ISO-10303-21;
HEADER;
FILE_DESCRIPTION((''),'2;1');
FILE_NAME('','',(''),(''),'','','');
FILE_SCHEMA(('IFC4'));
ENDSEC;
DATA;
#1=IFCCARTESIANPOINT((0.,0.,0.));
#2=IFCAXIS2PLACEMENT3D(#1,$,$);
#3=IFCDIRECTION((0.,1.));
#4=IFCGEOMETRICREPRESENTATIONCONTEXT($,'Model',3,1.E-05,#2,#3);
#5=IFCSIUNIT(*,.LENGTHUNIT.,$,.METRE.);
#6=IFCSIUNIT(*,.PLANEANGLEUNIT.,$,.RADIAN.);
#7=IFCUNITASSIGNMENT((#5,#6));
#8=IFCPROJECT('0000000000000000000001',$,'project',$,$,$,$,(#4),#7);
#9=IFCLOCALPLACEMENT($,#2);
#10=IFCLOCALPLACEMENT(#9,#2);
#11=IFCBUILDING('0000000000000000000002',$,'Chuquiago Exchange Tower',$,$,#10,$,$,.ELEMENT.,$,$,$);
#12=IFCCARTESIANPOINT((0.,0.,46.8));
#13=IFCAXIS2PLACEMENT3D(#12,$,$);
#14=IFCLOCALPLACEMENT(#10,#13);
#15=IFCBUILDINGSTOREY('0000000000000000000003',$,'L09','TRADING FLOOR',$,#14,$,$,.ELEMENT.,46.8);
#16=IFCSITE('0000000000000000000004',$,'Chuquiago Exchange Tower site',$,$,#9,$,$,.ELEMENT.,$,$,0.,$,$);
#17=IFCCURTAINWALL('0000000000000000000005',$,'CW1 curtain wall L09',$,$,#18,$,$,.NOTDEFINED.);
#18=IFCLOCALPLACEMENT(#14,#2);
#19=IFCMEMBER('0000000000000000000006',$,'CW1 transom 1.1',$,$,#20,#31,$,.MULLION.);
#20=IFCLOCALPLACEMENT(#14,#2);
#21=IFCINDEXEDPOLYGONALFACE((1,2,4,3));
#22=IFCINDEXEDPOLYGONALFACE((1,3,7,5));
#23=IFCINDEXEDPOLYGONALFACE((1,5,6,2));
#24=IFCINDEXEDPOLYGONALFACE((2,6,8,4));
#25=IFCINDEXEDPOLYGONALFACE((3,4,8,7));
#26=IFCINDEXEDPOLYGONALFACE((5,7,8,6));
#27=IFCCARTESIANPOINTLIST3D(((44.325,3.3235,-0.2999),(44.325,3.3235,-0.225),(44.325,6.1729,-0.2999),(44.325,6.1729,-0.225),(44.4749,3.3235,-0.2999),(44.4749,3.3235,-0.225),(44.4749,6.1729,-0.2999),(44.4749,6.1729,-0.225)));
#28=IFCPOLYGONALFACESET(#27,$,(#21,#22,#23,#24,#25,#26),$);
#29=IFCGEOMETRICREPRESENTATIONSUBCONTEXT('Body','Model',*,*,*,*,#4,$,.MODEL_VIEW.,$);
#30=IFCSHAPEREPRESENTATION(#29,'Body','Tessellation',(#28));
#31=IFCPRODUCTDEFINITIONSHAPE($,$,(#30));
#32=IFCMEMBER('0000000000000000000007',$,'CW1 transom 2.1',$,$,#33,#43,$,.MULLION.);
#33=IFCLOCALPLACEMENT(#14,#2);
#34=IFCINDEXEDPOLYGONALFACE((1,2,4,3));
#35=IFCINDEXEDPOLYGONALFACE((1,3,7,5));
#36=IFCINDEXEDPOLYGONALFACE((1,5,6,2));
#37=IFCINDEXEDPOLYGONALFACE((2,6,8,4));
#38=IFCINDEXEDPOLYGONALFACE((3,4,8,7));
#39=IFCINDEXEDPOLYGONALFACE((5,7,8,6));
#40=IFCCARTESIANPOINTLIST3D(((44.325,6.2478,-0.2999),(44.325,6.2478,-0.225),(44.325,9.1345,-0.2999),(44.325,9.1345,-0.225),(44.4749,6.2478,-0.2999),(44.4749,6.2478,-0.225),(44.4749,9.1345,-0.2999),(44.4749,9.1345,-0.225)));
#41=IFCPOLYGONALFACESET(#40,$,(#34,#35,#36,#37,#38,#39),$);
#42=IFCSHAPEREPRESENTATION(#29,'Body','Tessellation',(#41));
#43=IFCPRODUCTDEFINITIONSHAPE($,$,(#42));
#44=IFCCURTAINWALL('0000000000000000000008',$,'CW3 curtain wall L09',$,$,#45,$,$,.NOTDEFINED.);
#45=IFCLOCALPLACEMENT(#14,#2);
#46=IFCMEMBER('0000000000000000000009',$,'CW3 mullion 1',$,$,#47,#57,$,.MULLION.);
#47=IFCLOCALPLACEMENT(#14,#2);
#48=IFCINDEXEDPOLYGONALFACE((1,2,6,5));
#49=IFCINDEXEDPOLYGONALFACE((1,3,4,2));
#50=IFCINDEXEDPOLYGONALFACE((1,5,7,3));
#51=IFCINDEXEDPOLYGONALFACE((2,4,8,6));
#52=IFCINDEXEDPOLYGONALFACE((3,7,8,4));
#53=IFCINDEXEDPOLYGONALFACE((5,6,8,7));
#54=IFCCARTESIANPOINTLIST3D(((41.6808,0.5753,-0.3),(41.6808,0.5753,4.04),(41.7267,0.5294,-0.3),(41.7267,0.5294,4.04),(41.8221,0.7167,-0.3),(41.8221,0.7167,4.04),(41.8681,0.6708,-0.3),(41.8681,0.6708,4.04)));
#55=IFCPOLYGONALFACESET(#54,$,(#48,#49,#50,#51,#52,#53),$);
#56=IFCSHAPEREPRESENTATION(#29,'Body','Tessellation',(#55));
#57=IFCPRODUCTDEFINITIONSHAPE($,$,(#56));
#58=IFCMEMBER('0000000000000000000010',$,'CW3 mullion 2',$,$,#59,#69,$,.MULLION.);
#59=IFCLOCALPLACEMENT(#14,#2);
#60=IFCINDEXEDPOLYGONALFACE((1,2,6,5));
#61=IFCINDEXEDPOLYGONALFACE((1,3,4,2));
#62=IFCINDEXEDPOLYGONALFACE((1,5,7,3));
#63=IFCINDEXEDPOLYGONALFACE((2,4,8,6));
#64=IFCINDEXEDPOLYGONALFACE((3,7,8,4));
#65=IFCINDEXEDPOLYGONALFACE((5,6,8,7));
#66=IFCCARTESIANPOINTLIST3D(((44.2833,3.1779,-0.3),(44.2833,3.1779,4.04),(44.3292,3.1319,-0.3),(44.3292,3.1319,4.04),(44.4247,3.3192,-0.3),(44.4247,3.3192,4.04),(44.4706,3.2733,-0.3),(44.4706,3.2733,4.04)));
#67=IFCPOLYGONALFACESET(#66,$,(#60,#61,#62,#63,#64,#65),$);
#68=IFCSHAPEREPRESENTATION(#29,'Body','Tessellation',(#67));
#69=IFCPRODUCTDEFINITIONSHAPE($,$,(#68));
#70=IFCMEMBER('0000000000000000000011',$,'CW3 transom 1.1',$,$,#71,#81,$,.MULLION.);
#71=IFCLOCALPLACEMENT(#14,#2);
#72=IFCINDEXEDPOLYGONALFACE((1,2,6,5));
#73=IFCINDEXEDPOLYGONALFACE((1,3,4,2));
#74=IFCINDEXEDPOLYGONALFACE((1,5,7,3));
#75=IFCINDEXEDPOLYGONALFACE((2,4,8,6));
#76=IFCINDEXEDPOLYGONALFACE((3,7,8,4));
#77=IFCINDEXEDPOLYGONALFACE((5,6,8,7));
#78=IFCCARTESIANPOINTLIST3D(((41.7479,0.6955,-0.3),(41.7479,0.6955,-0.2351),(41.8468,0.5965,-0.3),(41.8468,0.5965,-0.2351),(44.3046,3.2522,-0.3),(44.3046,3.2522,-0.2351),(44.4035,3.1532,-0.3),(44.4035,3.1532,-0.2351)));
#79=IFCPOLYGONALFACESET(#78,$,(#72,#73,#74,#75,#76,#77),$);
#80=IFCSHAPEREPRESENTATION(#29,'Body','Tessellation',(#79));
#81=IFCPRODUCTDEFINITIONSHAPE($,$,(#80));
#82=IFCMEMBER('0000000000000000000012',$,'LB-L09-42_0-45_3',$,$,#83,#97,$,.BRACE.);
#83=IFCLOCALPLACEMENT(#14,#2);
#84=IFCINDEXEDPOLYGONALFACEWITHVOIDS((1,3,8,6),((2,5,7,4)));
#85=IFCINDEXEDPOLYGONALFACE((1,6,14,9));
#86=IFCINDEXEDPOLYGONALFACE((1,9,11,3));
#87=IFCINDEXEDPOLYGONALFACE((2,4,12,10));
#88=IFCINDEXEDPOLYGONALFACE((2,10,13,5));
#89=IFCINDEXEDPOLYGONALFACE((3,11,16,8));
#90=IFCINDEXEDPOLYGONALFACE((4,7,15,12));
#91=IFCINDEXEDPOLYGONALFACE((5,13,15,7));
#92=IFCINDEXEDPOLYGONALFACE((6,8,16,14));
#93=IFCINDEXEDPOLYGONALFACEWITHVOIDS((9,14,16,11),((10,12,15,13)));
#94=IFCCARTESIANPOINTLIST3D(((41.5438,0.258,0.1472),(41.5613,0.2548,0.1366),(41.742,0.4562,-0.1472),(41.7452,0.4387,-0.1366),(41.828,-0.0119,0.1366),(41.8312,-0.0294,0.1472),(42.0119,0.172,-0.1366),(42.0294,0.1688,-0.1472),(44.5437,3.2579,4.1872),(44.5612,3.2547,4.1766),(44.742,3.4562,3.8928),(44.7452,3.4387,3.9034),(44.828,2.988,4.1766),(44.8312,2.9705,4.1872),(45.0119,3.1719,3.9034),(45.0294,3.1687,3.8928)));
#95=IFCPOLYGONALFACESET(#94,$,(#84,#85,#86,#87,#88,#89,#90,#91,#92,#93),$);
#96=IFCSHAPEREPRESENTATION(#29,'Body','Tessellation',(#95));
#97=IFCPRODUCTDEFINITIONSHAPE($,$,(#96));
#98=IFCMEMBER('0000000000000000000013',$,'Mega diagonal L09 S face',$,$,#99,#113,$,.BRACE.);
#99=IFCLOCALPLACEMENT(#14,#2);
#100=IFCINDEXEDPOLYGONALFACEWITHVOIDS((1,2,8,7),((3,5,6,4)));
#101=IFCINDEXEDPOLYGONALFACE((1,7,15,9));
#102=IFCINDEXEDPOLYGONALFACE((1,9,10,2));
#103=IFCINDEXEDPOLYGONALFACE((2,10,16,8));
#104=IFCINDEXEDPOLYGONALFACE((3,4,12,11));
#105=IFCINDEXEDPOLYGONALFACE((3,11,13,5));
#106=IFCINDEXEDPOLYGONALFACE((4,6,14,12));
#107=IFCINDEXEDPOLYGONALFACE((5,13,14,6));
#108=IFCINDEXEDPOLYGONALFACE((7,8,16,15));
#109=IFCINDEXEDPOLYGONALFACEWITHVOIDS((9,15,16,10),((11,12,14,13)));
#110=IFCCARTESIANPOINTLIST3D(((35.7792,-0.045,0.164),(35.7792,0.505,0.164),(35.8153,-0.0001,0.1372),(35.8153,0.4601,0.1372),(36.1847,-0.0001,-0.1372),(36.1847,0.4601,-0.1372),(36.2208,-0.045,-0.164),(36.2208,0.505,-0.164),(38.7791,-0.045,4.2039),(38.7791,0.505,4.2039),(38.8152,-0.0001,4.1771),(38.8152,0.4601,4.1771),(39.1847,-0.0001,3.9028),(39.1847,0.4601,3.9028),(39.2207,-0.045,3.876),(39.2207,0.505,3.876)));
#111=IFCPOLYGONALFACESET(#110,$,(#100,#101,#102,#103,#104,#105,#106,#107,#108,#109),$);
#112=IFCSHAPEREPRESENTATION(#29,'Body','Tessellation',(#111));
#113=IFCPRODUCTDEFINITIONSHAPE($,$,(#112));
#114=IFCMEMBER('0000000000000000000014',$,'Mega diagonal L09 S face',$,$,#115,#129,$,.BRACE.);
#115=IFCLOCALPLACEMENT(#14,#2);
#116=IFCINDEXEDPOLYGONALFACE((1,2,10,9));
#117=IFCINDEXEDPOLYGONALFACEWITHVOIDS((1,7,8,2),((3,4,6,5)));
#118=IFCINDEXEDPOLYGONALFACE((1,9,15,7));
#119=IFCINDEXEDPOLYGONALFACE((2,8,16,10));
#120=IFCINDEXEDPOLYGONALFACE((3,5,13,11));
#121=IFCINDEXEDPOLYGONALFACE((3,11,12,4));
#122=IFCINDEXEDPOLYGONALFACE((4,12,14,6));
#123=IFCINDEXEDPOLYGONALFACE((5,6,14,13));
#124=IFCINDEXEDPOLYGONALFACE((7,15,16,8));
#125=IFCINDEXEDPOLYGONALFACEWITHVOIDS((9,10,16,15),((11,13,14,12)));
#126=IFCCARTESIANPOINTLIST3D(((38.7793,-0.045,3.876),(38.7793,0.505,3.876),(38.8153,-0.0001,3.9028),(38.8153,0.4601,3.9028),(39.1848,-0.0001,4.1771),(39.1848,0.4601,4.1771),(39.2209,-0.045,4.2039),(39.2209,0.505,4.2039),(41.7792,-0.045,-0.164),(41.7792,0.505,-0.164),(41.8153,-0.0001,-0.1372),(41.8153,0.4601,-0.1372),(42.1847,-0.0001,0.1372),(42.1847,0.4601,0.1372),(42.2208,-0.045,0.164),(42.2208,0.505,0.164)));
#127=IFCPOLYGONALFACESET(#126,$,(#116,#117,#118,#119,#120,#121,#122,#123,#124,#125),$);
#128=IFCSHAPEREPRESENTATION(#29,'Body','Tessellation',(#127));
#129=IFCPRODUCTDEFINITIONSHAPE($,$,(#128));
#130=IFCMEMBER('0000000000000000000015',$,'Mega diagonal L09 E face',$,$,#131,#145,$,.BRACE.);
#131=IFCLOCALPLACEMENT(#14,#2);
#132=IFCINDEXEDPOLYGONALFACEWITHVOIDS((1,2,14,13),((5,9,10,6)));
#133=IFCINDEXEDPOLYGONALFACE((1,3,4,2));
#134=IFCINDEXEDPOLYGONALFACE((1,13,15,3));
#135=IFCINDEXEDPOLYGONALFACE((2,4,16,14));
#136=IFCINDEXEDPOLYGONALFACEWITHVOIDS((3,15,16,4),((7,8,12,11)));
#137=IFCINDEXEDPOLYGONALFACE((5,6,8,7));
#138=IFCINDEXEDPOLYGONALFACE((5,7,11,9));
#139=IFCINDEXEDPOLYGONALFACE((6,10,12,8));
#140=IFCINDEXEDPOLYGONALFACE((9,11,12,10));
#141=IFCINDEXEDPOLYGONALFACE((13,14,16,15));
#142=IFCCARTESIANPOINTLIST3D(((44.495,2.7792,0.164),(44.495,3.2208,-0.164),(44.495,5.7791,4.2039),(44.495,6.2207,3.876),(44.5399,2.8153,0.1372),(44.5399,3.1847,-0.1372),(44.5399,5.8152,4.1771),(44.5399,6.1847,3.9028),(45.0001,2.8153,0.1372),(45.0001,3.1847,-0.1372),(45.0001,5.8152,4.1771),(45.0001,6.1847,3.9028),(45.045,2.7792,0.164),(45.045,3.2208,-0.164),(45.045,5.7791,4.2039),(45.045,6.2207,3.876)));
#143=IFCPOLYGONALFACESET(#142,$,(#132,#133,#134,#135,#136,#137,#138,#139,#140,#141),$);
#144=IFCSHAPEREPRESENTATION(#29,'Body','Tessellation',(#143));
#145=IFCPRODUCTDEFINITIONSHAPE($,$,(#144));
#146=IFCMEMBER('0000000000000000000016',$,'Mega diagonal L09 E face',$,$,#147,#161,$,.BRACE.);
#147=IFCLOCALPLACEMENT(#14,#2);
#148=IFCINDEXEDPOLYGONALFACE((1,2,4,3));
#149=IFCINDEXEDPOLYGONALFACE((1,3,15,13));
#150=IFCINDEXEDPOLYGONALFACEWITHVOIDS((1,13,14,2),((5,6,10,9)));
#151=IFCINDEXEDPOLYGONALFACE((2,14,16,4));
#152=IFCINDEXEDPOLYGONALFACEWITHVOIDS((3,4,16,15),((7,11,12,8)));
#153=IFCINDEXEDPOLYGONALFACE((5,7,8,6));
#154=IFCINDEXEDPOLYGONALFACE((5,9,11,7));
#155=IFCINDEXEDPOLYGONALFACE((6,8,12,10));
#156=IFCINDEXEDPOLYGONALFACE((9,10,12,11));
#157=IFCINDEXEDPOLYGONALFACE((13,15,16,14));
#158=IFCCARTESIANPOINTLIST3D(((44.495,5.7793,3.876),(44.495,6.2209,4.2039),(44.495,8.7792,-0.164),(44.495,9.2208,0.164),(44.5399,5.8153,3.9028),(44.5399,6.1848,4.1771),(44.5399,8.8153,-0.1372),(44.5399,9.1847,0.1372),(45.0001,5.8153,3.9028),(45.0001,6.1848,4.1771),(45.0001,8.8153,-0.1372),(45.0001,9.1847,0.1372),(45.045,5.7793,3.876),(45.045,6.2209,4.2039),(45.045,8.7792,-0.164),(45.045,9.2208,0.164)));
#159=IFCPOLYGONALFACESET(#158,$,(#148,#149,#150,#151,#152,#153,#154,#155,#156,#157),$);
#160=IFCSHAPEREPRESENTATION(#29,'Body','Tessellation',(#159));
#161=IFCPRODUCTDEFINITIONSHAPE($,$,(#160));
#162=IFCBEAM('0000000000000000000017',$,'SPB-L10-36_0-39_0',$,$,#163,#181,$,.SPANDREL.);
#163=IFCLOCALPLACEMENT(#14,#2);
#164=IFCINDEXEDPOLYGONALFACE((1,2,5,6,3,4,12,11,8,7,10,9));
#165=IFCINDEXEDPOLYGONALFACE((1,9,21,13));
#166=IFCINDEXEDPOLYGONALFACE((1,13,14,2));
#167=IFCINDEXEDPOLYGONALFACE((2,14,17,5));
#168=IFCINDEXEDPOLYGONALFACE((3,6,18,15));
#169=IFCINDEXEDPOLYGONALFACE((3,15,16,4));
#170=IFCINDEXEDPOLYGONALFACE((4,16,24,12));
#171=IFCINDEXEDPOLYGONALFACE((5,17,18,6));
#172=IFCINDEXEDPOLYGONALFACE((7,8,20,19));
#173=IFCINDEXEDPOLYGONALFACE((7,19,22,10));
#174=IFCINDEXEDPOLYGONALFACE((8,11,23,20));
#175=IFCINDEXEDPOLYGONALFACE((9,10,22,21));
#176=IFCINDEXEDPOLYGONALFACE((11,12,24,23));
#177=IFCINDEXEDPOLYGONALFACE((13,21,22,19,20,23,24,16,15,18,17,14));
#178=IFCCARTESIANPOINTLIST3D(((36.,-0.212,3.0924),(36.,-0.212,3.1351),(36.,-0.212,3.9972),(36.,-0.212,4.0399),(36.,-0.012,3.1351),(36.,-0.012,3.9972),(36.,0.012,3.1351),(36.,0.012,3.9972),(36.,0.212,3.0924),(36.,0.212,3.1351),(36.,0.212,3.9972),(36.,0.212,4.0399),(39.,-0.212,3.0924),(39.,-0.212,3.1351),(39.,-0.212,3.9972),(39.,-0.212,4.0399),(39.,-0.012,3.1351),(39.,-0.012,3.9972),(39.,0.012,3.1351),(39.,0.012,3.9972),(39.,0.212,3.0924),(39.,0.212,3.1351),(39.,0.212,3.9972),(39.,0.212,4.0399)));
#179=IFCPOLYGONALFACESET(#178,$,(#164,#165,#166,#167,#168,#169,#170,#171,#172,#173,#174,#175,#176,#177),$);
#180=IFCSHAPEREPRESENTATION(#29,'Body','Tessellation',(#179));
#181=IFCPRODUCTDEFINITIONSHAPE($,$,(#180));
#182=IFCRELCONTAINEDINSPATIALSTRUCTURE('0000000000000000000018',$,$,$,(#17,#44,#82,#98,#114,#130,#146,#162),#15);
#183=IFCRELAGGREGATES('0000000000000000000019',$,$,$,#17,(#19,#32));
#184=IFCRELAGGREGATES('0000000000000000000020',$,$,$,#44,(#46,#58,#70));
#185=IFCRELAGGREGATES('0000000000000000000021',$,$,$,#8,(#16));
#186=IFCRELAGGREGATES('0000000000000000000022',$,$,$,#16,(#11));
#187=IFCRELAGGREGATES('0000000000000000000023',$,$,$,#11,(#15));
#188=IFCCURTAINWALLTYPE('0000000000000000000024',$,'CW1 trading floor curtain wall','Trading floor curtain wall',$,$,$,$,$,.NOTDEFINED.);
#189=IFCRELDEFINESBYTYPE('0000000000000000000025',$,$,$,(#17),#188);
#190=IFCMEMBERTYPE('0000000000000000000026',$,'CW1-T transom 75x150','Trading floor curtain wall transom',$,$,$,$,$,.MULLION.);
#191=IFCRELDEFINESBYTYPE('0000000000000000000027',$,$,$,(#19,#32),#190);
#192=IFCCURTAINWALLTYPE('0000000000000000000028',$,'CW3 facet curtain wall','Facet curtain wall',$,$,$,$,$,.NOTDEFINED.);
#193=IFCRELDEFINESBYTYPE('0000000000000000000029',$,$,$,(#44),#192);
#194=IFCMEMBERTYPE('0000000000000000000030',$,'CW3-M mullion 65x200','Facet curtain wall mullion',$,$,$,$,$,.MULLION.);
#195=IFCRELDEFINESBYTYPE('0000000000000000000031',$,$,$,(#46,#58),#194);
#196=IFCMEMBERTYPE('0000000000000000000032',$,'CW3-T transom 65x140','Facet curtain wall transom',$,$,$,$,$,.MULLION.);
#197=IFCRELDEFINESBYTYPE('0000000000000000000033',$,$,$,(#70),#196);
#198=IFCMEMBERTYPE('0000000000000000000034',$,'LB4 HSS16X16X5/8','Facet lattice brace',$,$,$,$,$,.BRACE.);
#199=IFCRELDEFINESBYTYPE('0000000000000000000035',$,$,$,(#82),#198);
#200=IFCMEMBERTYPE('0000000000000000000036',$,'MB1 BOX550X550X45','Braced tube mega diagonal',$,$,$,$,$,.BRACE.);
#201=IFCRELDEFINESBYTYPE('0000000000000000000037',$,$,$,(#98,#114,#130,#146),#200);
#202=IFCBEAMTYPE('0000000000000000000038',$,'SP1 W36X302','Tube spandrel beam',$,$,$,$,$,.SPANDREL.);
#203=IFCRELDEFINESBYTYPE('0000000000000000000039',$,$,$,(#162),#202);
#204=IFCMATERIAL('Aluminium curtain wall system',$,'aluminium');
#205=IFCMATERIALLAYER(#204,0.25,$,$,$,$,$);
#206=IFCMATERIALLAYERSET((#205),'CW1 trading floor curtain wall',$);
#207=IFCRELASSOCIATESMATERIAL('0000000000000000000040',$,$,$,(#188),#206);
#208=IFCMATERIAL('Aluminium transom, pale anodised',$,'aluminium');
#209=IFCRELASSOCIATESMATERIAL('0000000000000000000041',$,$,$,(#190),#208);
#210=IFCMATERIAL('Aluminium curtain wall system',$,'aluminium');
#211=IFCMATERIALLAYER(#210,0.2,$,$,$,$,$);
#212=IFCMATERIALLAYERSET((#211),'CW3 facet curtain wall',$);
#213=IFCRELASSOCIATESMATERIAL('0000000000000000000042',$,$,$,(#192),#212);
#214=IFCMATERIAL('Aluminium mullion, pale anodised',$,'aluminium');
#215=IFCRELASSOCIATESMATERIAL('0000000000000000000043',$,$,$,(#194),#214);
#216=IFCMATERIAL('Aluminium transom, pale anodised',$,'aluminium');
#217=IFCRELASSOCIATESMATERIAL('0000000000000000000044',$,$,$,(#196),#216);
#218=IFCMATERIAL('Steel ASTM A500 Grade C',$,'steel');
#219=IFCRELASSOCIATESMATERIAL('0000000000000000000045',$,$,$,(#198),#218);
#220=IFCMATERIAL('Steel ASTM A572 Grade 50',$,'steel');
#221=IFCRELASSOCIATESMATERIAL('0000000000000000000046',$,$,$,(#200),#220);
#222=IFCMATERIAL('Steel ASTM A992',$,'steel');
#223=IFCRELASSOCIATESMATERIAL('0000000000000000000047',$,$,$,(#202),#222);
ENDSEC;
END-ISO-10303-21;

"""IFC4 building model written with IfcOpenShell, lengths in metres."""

from ifc_helpers import new_model, si_unit, direction, frame, origin, origin_2d, place, context, subcontext, project, spatial, rectangle, hollow_rectangle, i_section, extrude, material, layer, layer_set, material_profile, profile_set, type_object, element, aggregate, save


model = new_model("IFC4")

# Units and contexts
model_context = context("Model", 3, precision=1e-05, world=origin(), true_north=direction((0.0, 1.0)))
body_context = subcontext(model_context, "Body", "Model", "MODEL_VIEW")
ifc_project = project(units=[si_unit("LENGTHUNIT", "METRE"), si_unit("PLANEANGLEUNIT", "RADIAN")], contexts=[model_context])

# Site, building, storey
site_placement = place(None, origin())
site = spatial("IfcSite", under=ifc_project, at=site_placement, Name="Chuquiago Exchange Tower site", CompositionType="ELEMENT", RefElevation=0.0)
building_placement = place(site_placement, origin())
building = spatial("IfcBuilding", under=site, at=building_placement, Name="Chuquiago Exchange Tower", CompositionType="ELEMENT")
storey_placement = place(building_placement, frame((0.0, 0.0, 46.8)))
storey = spatial("IfcBuildingStorey", under=building, at=storey_placement, Name="L09", Description="TRADING FLOOR", CompositionType="ELEMENT", Elevation=46.8)

# Curtain wall
ifc_material_1 = material(Name="Aluminium curtain wall system", Category="aluminium")
ifc_layer_1 = layer(ifc_material_1, 0.25)
ifc_layer_set_1 = layer_set([ifc_layer_1], Name="CW1 trading floor curtain wall")
curtain_wall_type_1 = type_object("IfcCurtainWallType", Name="CW1 trading floor curtain wall", Description="Trading floor curtain wall", PredefinedType="NOTDEFINED", material=ifc_layer_set_1)
curtain_wall_1_placement = place(storey_placement, origin())
curtain_wall_1 = element("IfcCurtainWall", 1, at=curtain_wall_1_placement, inside=storey, type_object=curtain_wall_type_1, Name="CW1 curtain wall L09", PredefinedType="NOTDEFINED")

# Members
ifc_material_2 = material(Name="Aluminium transom, pale anodised", Category="aluminium")
ifc_material_profile_1 = material_profile(ifc_material_2, rectangle(XDim=0.1499, YDim=0.075, at=origin_2d()), Name="AL 150x75")
ifc_profile_set_1 = profile_set([ifc_material_profile_1], Name="Aluminium transom, pale anodised")
member_type_1 = type_object("IfcMemberType", Name="CW1-T transom 75x150", Description="Trading floor curtain wall transom", PredefinedType="MULLION", material=ifc_profile_set_1)
member_1_placement = place(storey_placement, frame((44.3999, 3.3235, -0.2625), z_axis=(0.0, 1.0, 0.0), x_axis=(-1.0, 0.0, 0.0)))
member_1 = element("IfcMember", 2, at=member_1_placement, type_object=member_type_1, Name="CW1 transom 1.1", PredefinedType="MULLION", context=body_context, shape_type="SweptSolid", body=[
    extrude(rectangle(XDim=0.1499, YDim=0.075, at=origin_2d()), origin(), (0.0, 0.0, 1.0), 2.8494),
])
member_2_placement = place(storey_placement, frame((44.3999, 6.2478, -0.2625), z_axis=(0.0, 1.0, 0.0), x_axis=(-1.0, 0.0, 0.0)))
member_2 = element("IfcMember", 3, at=member_2_placement, type_object=member_type_1, Name="CW1 transom 2.1", PredefinedType="MULLION", context=body_context, shape_type="SweptSolid", body=[
    extrude(rectangle(XDim=0.1499, YDim=0.075, at=origin_2d()), origin(), (0.0, 0.0, 1.0), 2.8867),
])

# Curtain wall, members
ifc_material_3 = material(Name="Aluminium curtain wall system", Category="aluminium")
ifc_layer_2 = layer(ifc_material_3, 0.2)
ifc_layer_set_2 = layer_set([ifc_layer_2], Name="CW3 facet curtain wall")
curtain_wall_type_2 = type_object("IfcCurtainWallType", Name="CW3 facet curtain wall", Description="Facet curtain wall", PredefinedType="NOTDEFINED", material=ifc_layer_set_2)
curtain_wall_2_placement = place(storey_placement, origin())
curtain_wall_2 = element("IfcCurtainWall", 4, at=curtain_wall_2_placement, inside=storey, type_object=curtain_wall_type_2, Name="CW3 curtain wall L09", PredefinedType="NOTDEFINED")
ifc_material_4 = material(Name="Aluminium mullion, pale anodised", Category="aluminium")
ifc_material_profile_2 = material_profile(ifc_material_4, rectangle(XDim=0.0649, YDim=0.2, at=origin_2d()), Name="AL 65x200")
ifc_profile_set_2 = profile_set([ifc_material_profile_2], Name="Aluminium mullion, pale anodised")
member_type_2 = type_object("IfcMemberType", Name="CW3-M mullion 65x200", Description="Facet curtain wall mullion", PredefinedType="MULLION", material=ifc_profile_set_2)
member_3_placement = place(storey_placement, frame((41.7744, 0.623, -0.3), z_axis=(0.0, 0.0, 1.0), x_axis=(-0.707107, 0.707107, 0.0)))
member_3 = element("IfcMember", 5, at=member_3_placement, type_object=member_type_2, Name="CW3 mullion 1", PredefinedType="MULLION", context=body_context, shape_type="SweptSolid", body=[
    extrude(rectangle(XDim=0.0649, YDim=0.2, at=origin_2d()), origin(), (0.0, 0.0, 1.0), 4.3401),
])
member_4_placement = place(storey_placement, frame((44.377, 3.2256, -0.3), z_axis=(0.0, 0.0, 1.0), x_axis=(-0.707107, 0.707107, 0.0)))
member_4 = element("IfcMember", 6, at=member_4_placement, type_object=member_type_2, Name="CW3 mullion 2", PredefinedType="MULLION", context=body_context, shape_type="SweptSolid", body=[
    extrude(rectangle(XDim=0.0649, YDim=0.2, at=origin_2d()), origin(), (0.0, 0.0, 1.0), 4.3401),
])
ifc_material_5 = material(Name="Aluminium transom, pale anodised", Category="aluminium")
ifc_material_profile_3 = material_profile(ifc_material_5, rectangle(XDim=0.1399, YDim=0.0649, at=origin_2d()), Name="AL 140x65")
ifc_profile_set_3 = profile_set([ifc_material_profile_3], Name="Aluminium transom, pale anodised")
member_type_3 = type_object("IfcMemberType", Name="CW3-T transom 65x140", Description="Facet curtain wall transom", PredefinedType="MULLION", material=ifc_profile_set_3)
member_5_placement = place(storey_placement, frame((41.7974, 0.646, -0.2676), z_axis=(0.707107, 0.707107, 0.0), x_axis=(-0.707107, 0.707107, 0.0)))
member_5 = element("IfcMember", 7, at=member_5_placement, type_object=member_type_3, Name="CW3 transom 1.1", PredefinedType="MULLION", context=body_context, shape_type="SweptSolid", body=[
    extrude(rectangle(XDim=0.1399, YDim=0.0649, at=origin_2d()), origin(), (0.0, 0.0, 1.0), 3.6157),
])

# Members
ifc_material_6 = material(Name="Steel ASTM A500 Grade C", Category="steel")
ifc_material_profile_4 = material_profile(ifc_material_6, hollow_rectangle(XDim=0.4065, YDim=0.4065, WallThickness=0.0146, at=origin_2d()), Name="HSS16X16X5/8")
ifc_profile_set_4 = profile_set([ifc_material_profile_4], Name="Steel ASTM A500 Grade C")
member_type_4 = type_object("IfcMemberType", Name="LB4 HSS16X16X5/8", Description="Facet lattice brace", PredefinedType="BRACE", material=ifc_profile_set_4)
member_6_placement = place(storey_placement, frame((41.7866, 0.2134, 0.0), z_axis=(0.512077, 0.512077, 0.689604), x_axis=(-0.707107, 0.707107, 0.0)))
element("IfcMember", 8, at=member_6_placement, inside=storey, type_object=member_type_4, Name="LB-L09-42_0-45_3", PredefinedType="BRACE", context=body_context, shape_type="SweptSolid", body=[
    extrude(hollow_rectangle(XDim=0.4065, YDim=0.4065, WallThickness=0.0146, at=origin_2d()), origin(), (0.0, 0.0, 1.0), 5.8584),
])
ifc_material_7 = material(Name="Steel ASTM A572 Grade 50", Category="steel")
ifc_material_profile_5 = material_profile(ifc_material_7, hollow_rectangle(XDim=0.55, YDim=0.55, WallThickness=0.0449, at=origin_2d()), Name="BOX550X550X45")
ifc_profile_set_5 = profile_set([ifc_material_profile_5], Name="Steel ASTM A572 Grade 50")
member_type_5 = type_object("IfcMemberType", Name="MB1 BOX550X550X45", Description="Braced tube mega diagonal", PredefinedType="BRACE", material=ifc_profile_set_5)
for number, where, z_axis, x_axis, name in (
    (9, (36.0, 0.23, 0.0), (0.596174, 0.0, 0.802855), (0.0, 1.0, 0.0), "Mega diagonal L09 S face"),
    (10, (42.0, 0.23, 0.0), (-0.596174, 0.0, 0.802855), (0.0, -1.0, 0.0), "Mega diagonal L09 S face"),
    (11, (44.77, 3.0, 0.0), (0.0, 0.596174, 0.802855), (-1.0, 0.0, 0.0), "Mega diagonal L09 E face"),
    (12, (44.77, 9.0, 0.0), (0.0, -0.596174, 0.802855), (1.0, 0.0, 0.0), "Mega diagonal L09 E face"),
):
    element("IfcMember", number, at=place(storey_placement, frame(where, z_axis=z_axis, x_axis=x_axis)), inside=storey, type_object=member_type_5, Name=name, PredefinedType="BRACE", context=body_context, shape_type="SweptSolid", body=[
        extrude(hollow_rectangle(XDim=0.55, YDim=0.55, WallThickness=0.0449, at=origin_2d()), origin(), (0.0, 0.0, 1.0), 5.032),
    ])

# Beam
ifc_material_8 = material(Name="Steel ASTM A992", Category="steel")
ifc_material_profile_6 = material_profile(ifc_material_8, i_section(OverallWidth=0.4241, OverallDepth=0.9475, WebThickness=0.0239, FlangeThickness=0.0427, at=origin_2d()), Name="W36X302")
ifc_profile_set_6 = profile_set([ifc_material_profile_6], Name="Steel ASTM A992")
beam_type = type_object("IfcBeamType", Name="SP1 W36X302", Description="Tube spandrel beam", PredefinedType="SPANDREL", material=ifc_profile_set_6)
for number, where, z_axis, x_axis, name in (
    (13, (36.0, 0.0, 3.5662), (1.0, 0.0, 0.0), (0.0, 1.0, 0.0), "SPB-L10-36_0-39_0"),
):
    element("IfcBeam", number, at=place(storey_placement, frame(where, z_axis=z_axis, x_axis=x_axis)), inside=storey, type_object=beam_type, Name=name, PredefinedType="SPANDREL", context=body_context, shape_type="SweptSolid", body=[
        extrude(i_section(OverallWidth=0.4241, OverallDepth=0.9475, WebThickness=0.0239, FlangeThickness=0.0427, at=origin_2d()), origin(), (0.0, 0.0, 1.0), 3.0),
    ])

aggregate(curtain_wall_1, [member_1, member_2])
aggregate(curtain_wall_2, [member_3, member_4, member_5])

save(model, "model.ifc")
